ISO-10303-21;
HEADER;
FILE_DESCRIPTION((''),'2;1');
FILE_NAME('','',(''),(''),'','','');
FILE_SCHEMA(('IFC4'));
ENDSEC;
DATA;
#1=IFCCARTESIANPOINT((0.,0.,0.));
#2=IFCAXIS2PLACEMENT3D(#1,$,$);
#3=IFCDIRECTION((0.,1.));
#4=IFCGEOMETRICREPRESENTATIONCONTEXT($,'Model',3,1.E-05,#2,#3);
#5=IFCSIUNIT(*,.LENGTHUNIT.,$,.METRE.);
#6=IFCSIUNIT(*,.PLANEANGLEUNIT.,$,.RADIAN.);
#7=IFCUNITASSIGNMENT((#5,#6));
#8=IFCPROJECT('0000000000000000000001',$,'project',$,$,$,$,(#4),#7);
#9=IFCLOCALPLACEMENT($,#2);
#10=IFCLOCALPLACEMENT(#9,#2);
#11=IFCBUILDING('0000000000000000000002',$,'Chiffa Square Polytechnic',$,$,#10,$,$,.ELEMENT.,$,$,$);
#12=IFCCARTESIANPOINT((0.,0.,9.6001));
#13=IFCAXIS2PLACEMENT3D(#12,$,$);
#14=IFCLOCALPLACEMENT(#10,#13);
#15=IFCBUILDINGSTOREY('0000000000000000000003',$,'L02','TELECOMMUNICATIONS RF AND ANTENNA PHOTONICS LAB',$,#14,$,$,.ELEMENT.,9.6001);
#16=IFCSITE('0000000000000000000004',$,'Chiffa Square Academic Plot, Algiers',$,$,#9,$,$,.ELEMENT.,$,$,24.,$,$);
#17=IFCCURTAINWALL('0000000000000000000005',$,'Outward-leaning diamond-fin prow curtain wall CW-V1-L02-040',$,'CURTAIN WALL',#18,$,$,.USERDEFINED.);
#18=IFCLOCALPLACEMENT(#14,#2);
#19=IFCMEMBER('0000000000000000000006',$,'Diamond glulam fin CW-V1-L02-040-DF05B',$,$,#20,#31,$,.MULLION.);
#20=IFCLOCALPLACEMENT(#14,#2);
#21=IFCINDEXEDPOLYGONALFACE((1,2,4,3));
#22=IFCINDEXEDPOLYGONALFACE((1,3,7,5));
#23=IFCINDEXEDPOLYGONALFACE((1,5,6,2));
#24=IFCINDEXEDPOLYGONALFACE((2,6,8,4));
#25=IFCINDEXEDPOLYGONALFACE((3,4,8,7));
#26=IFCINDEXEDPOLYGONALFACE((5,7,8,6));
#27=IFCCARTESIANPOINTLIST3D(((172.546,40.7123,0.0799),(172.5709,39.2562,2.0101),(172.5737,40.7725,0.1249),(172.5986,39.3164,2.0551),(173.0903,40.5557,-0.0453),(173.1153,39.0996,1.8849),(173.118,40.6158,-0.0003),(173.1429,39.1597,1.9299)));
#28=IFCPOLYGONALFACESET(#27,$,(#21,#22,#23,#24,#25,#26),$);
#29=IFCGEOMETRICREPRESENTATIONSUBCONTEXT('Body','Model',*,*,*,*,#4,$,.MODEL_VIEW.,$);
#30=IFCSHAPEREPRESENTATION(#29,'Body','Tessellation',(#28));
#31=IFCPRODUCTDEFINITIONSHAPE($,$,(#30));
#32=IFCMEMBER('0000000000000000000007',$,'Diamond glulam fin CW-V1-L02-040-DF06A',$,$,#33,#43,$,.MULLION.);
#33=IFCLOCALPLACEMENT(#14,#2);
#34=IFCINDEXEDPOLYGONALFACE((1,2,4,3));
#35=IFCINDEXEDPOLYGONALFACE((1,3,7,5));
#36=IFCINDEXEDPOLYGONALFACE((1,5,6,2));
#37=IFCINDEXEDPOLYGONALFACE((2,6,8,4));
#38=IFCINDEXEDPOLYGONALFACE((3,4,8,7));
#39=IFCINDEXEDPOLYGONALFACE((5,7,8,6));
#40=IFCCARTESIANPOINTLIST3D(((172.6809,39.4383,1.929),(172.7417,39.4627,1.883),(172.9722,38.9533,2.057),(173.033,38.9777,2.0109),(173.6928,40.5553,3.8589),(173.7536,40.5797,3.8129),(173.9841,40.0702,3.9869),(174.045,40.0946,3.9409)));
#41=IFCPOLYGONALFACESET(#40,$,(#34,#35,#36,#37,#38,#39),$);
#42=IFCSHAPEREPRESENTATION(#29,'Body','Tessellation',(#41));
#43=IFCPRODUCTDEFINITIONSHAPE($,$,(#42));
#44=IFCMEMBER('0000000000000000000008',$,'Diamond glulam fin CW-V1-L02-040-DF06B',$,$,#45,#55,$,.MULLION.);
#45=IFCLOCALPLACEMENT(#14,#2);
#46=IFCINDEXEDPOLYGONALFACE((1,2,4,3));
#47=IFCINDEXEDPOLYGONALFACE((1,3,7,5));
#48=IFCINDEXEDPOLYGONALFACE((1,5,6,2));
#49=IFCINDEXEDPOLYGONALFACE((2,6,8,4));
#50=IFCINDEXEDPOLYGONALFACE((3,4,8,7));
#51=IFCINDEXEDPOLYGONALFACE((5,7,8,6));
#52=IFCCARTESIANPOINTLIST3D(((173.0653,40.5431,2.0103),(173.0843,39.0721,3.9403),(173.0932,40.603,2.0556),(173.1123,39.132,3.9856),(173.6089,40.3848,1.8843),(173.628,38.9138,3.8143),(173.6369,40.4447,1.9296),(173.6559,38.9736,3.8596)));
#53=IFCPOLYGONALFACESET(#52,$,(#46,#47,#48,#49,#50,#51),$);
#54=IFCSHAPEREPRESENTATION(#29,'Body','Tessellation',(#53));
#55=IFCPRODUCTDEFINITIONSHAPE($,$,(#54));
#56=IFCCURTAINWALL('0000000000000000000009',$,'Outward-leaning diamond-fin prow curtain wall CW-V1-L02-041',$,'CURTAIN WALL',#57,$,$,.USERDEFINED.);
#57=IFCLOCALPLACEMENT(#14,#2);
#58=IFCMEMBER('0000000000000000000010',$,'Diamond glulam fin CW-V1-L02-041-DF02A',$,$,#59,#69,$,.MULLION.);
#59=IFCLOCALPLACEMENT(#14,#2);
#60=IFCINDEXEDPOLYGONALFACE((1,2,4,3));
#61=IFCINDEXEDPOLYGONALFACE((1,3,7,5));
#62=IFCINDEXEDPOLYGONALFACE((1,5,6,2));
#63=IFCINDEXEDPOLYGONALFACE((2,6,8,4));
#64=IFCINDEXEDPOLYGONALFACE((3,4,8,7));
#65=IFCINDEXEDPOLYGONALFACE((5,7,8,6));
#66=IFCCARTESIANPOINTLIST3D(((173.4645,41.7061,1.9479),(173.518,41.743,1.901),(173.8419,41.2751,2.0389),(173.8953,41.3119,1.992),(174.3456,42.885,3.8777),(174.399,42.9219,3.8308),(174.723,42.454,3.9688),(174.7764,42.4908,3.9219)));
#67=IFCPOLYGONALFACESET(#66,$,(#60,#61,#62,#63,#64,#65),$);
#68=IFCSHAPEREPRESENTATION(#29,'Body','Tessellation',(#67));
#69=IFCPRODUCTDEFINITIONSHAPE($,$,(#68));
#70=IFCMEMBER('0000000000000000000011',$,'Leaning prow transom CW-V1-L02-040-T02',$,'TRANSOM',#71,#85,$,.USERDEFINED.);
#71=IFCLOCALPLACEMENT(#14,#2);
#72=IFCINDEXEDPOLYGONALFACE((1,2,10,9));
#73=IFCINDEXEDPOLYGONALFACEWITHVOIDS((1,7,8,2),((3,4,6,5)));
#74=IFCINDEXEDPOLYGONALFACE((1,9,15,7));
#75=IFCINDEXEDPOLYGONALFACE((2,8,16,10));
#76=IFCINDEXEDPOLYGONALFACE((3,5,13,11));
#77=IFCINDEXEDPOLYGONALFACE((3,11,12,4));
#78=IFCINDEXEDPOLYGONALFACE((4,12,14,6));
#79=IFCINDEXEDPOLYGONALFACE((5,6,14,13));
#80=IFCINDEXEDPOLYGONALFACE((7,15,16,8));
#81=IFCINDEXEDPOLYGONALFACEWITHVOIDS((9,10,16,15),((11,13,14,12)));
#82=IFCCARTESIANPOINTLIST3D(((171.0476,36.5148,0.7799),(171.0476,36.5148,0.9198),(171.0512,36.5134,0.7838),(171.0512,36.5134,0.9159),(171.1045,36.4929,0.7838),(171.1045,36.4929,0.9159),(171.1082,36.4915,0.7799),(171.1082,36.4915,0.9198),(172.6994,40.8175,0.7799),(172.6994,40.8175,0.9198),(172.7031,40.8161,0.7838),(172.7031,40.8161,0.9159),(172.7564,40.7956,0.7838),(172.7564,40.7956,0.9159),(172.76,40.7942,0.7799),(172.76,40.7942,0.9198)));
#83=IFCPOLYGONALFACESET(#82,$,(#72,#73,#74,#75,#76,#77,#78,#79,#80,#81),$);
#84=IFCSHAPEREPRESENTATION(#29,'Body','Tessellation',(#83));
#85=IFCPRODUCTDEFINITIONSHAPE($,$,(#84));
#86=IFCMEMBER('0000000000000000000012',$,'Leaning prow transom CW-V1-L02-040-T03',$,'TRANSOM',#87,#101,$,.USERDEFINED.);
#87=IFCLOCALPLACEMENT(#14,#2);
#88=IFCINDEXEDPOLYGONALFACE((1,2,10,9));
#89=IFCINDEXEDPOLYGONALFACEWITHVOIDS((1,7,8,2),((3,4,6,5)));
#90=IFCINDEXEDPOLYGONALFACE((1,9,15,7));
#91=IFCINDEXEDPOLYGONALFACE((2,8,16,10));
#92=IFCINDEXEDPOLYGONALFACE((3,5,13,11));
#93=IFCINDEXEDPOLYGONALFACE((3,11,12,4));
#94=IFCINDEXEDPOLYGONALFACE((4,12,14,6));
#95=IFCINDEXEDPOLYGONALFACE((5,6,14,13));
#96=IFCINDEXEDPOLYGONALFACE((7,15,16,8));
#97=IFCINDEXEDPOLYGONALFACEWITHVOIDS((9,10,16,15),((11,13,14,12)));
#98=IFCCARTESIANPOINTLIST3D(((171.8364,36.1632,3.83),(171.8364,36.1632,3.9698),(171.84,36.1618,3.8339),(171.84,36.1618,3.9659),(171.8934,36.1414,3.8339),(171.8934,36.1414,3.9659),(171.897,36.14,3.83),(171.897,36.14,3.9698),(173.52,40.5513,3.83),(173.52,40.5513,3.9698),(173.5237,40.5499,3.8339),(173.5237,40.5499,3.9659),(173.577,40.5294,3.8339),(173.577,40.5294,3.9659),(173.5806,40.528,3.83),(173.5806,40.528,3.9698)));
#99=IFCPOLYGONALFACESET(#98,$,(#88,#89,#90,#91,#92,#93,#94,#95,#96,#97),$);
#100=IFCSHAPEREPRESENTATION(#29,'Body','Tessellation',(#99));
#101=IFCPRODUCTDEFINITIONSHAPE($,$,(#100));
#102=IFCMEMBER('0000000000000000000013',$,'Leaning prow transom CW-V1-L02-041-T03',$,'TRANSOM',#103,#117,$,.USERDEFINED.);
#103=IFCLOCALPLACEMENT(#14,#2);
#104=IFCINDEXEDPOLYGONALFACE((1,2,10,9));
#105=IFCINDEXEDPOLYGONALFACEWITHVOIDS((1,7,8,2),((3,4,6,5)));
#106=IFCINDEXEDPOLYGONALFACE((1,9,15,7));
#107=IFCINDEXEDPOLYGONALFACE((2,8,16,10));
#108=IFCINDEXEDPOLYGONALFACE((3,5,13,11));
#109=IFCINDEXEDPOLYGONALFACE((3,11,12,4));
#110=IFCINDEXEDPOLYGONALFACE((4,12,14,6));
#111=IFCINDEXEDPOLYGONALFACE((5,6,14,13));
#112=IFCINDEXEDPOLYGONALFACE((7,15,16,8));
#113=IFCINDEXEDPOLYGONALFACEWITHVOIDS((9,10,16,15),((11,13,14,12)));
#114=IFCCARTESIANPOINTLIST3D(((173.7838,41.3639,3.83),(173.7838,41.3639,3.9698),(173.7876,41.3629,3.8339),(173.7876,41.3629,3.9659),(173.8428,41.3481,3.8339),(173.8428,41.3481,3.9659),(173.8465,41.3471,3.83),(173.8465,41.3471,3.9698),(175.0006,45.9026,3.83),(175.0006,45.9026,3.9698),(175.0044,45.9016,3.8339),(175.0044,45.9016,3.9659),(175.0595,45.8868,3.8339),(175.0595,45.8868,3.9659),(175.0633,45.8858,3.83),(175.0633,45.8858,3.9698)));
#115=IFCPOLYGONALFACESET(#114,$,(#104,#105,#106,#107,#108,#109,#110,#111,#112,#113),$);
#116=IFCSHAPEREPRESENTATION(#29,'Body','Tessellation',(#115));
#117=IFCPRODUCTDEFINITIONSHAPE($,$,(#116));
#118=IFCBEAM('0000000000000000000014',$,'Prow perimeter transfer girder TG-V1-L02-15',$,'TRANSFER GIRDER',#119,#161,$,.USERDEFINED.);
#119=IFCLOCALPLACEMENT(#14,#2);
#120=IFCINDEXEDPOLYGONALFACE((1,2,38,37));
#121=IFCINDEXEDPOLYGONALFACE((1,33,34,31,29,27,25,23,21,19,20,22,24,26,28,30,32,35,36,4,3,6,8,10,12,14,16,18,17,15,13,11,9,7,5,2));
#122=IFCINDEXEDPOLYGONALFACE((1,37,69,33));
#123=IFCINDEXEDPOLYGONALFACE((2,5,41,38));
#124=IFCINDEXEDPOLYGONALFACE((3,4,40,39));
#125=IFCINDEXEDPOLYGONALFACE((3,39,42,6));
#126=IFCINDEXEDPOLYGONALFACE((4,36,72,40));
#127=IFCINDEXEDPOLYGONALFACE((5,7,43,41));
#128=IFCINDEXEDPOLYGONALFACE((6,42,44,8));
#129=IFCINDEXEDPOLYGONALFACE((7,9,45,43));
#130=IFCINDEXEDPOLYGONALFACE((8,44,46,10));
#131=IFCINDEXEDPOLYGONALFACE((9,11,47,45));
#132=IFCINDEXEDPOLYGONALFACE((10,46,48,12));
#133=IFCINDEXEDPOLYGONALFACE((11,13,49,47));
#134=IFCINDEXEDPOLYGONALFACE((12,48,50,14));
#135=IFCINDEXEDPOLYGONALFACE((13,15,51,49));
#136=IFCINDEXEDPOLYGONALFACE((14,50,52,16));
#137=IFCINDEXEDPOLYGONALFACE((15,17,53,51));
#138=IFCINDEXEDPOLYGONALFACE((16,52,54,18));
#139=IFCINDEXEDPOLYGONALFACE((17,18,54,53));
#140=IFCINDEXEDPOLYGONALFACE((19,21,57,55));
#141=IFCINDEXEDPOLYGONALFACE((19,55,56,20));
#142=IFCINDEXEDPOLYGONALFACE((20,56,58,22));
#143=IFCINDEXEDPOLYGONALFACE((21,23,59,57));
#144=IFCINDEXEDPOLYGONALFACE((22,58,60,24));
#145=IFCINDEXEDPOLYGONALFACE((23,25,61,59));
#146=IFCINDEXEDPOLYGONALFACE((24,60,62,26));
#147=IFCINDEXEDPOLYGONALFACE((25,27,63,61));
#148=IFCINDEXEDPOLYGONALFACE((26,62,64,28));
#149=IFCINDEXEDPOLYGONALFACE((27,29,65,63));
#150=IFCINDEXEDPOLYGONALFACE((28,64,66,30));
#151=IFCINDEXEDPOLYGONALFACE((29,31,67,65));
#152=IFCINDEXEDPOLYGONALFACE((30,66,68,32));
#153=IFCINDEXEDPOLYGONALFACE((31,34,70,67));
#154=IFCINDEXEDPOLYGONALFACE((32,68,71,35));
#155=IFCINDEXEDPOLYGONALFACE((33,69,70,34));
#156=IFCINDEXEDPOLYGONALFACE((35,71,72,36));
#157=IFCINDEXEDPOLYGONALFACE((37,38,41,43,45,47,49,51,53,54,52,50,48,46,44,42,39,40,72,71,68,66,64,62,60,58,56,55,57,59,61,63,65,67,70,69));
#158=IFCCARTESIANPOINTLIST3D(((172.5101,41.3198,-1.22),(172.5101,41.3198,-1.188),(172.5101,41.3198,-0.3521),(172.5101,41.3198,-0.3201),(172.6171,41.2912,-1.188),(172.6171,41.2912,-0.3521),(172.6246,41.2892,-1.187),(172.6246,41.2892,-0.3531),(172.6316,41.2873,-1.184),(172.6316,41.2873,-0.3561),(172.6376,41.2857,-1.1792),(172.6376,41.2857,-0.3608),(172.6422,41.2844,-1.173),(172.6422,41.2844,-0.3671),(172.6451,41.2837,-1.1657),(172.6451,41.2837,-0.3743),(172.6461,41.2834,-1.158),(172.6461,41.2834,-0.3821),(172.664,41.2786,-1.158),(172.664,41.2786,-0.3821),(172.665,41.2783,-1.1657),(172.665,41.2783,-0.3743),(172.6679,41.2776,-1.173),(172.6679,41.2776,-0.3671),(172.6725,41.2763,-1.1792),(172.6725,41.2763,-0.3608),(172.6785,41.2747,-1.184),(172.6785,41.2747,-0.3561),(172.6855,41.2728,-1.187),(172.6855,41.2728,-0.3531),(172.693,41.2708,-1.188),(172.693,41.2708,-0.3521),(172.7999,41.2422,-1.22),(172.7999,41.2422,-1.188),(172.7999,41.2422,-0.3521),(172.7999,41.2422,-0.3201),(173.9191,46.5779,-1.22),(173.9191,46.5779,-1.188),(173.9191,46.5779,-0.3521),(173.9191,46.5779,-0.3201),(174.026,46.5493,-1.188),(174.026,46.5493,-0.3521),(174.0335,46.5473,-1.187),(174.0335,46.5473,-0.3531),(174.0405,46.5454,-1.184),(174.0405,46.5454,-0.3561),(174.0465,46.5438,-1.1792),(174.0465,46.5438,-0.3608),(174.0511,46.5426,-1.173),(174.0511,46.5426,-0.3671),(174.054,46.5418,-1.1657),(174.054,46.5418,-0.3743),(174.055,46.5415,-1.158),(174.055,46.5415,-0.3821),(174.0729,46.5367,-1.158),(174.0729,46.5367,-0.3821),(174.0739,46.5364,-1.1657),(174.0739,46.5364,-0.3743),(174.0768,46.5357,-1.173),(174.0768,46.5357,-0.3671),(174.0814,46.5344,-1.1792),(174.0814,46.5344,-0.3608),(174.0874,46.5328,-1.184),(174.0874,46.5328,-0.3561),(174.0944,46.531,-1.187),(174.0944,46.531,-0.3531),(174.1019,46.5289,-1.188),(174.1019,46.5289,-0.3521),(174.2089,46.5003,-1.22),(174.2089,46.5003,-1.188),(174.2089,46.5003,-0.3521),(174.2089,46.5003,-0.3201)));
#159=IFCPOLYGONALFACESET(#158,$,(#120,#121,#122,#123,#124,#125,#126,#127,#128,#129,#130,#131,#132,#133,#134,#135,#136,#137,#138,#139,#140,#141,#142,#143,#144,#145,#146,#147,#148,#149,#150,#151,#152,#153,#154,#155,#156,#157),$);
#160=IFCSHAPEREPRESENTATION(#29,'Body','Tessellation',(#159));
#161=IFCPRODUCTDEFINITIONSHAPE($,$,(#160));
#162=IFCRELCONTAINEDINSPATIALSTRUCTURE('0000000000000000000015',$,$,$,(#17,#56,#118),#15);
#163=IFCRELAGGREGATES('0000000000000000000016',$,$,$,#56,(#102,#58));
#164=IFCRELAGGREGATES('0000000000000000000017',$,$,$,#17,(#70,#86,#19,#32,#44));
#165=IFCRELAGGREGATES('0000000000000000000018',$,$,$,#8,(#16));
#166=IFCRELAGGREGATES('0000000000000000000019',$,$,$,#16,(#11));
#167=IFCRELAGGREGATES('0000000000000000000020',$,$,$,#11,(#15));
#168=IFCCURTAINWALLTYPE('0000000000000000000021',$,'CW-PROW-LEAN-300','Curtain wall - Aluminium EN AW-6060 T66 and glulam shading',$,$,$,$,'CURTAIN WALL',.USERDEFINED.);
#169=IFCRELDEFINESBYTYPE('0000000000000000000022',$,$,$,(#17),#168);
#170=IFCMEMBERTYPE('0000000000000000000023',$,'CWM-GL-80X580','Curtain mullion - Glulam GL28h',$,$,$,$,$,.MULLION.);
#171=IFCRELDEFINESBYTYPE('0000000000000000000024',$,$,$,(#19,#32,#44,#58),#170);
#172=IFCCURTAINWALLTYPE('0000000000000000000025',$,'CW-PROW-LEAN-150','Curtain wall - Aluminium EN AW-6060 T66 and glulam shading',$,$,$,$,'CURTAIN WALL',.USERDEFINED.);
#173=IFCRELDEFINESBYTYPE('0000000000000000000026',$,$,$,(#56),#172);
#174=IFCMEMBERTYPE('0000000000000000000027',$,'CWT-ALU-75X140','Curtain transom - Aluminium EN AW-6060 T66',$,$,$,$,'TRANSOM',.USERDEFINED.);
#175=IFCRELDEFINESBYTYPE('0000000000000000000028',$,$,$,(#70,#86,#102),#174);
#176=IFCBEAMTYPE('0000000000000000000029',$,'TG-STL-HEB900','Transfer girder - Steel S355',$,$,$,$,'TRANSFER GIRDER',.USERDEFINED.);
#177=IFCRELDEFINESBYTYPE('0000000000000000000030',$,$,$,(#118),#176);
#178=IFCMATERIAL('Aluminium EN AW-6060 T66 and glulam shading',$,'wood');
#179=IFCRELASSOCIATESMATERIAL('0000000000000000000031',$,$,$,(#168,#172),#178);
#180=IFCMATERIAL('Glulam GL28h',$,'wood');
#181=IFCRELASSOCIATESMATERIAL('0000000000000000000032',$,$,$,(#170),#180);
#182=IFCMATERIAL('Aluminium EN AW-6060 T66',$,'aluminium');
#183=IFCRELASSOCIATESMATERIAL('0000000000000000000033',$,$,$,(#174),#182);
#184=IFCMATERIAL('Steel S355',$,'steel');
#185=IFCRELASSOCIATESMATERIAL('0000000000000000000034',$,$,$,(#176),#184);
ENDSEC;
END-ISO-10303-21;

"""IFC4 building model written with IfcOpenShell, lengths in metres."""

from ifc_helpers import new_model, si_unit, direction, frame, origin, origin_2d, place, context, subcontext, project, spatial, rectangle, hollow_rectangle, i_section, extrude, material, material_profile, profile_set, type_object, element, aggregate, save


model = new_model("IFC4")

# Units and contexts
model_context = context("Model", 3, precision=1e-05, world=origin(), true_north=direction((0.0, 1.0)))
body_context = subcontext(model_context, "Body", "Model", "MODEL_VIEW")
ifc_project = project(units=[si_unit("LENGTHUNIT", "METRE"), si_unit("PLANEANGLEUNIT", "RADIAN")], contexts=[model_context])

# Site, building, storey
site_placement = place(None, origin())
site = spatial("IfcSite", under=ifc_project, at=site_placement, Name="Chiffa Square Academic Plot, Algiers", CompositionType="ELEMENT", RefElevation=24.0)
building_placement = place(site_placement, origin())
building = spatial("IfcBuilding", under=site, at=building_placement, Name="Chiffa Square Polytechnic", CompositionType="ELEMENT")
storey_placement = place(building_placement, frame((0.0, 0.0, 9.6001)))
storey = spatial("IfcBuildingStorey", under=building, at=storey_placement, Name="L02", Description="TELECOMMUNICATIONS RF AND ANTENNA PHOTONICS LAB", CompositionType="ELEMENT", Elevation=9.6001)

# Curtain wall, members
ifc_material_1 = material(Name="Aluminium EN AW-6060 T66 and glulam shading", Category="wood")
curtain_wall_type_1 = type_object("IfcCurtainWallType", Name="CW-PROW-LEAN-300", Description="Curtain wall - Aluminium EN AW-6060 T66 and glulam shading", ElementType="CURTAIN WALL", PredefinedType="USERDEFINED", material=ifc_material_1)
curtain_wall_1_placement = place(storey_placement, origin())
curtain_wall_1 = element("IfcCurtainWall", 1, at=curtain_wall_1_placement, inside=storey, type_object=curtain_wall_type_1, Name="Outward-leaning diamond-fin prow curtain wall CW-V1-L02-040", ObjectType="CURTAIN WALL", PredefinedType="USERDEFINED")
ifc_material_2 = material(Name="Aluminium EN AW-6060 T66", Category="aluminium")
ifc_material_3 = material(Name="Glulam GL28h", Category="wood")
ifc_material_profile_1 = material_profile(ifc_material_3, rectangle(XDim=0.0801, YDim=0.5801, at=origin_2d()), Name="GL28h 80x580")
ifc_profile_set_1 = profile_set([ifc_material_profile_1], Name="Glulam GL28h")
member_type_1 = type_object("IfcMemberType", Name="CWM-GL-80X580", Description="Curtain mullion - Glulam GL28h", PredefinedType="MULLION", material=ifc_profile_set_1)
member_1_placement = place(storey_placement, frame((172.832, 40.6641, 0.0398), z_axis=(0.010299, -0.602195, 0.798282), x_axis=(0.345572, 0.75128, 0.56228)))
member_1 = element("IfcMember", 2, at=member_1_placement, type_object=member_type_1, Name="Diamond glulam fin CW-V1-L02-040-DF05B", PredefinedType="MULLION", context=body_context, shape_type="SweptSolid", body=[
    extrude(rectangle(XDim=0.0801, YDim=0.5801, at=origin_2d()), origin(), (0.0, 0.0, 1.0), 2.418),
])
member_2_placement = place(storey_placement, frame((172.8569, 39.208, 1.97), z_axis=(0.413261, 0.456132, 0.788136), x_axis=(-0.759602, -0.304659, 0.574619)))
member_2 = element("IfcMember", 3, at=member_2_placement, type_object=member_type_1, Name="Diamond glulam fin CW-V1-L02-040-DF06A", PredefinedType="MULLION", context=body_context, shape_type="SweptSolid", body=[
    extrude(rectangle(XDim=0.0801, YDim=0.5801, at=origin_2d()), origin(), (0.0, 0.0, 1.0), 2.4487),
])
member_3_placement = place(storey_placement, frame((173.3511, 40.4939, 1.97), z_axis=(0.007847, -0.606161, 0.795303), x_axis=(0.348727, 0.747056, 0.565947)))
member_3 = element("IfcMember", 4, at=member_3_placement, type_object=member_type_1, Name="Diamond glulam fin CW-V1-L02-040-DF06B", PredefinedType="MULLION", context=body_context, shape_type="SweptSolid", body=[
    extrude(rectangle(XDim=0.0801, YDim=0.5801, at=origin_2d()), origin(), (0.0, 0.0, 1.0), 2.4268),
])

# Curtain wall, member
curtain_wall_type_2 = type_object("IfcCurtainWallType", Name="CW-PROW-LEAN-150", Description="Curtain wall - Aluminium EN AW-6060 T66 and glulam shading", ElementType="CURTAIN WALL", PredefinedType="USERDEFINED", material=ifc_material_1)
curtain_wall_2_placement = place(storey_placement, origin())
curtain_wall_2 = element("IfcCurtainWall", 5, at=curtain_wall_2_placement, inside=storey, type_object=curtain_wall_type_2, Name="Outward-leaning diamond-fin prow curtain wall CW-V1-L02-041", ObjectType="CURTAIN WALL", PredefinedType="USERDEFINED")
member_4_placement = place(storey_placement, frame((173.6799, 41.509, 1.97), z_axis=(0.363024, 0.485742, 0.795153), x_axis=(-0.667113, -0.460285, 0.585746)))
member_4 = element("IfcMember", 6, at=member_4_placement, type_object=member_type_1, Name="Diamond glulam fin CW-V1-L02-041-DF02A", PredefinedType="MULLION", context=body_context, shape_type="SweptSolid", body=[
    extrude(rectangle(XDim=0.0801, YDim=0.5801, at=origin_2d()), origin(), (0.0, 0.0, 1.0), 2.427),
])

# Members
ifc_material_profile_2 = material_profile(ifc_material_2, hollow_rectangle(XDim=0.0649, YDim=0.1399, WallThickness=0.0039, at=origin_2d()), Name="ALU 65x140x4")
ifc_profile_set_2 = profile_set([ifc_material_profile_2], Name="Aluminium EN AW-6060 T66")
member_type_2 = type_object("IfcMemberType", Name="CWT-ALU-75X140", Description="Curtain transom - Aluminium EN AW-6060 T66", ElementType="TRANSOM", PredefinedType="USERDEFINED", material=ifc_profile_set_2)
member_5_placement = place(storey_placement, frame((171.0779, 36.5032, 0.8499), z_axis=(0.358404, 0.933567, 0.0), x_axis=(-0.933567, 0.358404, 0.0)))
member_5 = element("IfcMember", 7, at=member_5_placement, type_object=member_type_2, Name="Leaning prow transom CW-V1-L02-040-T02", ObjectType="TRANSOM", PredefinedType="USERDEFINED", context=body_context, shape_type="SweptSolid", body=[
    extrude(hollow_rectangle(XDim=0.0649, YDim=0.1399, WallThickness=0.0039, at=origin_2d()), origin(), (0.0, 0.0, 1.0), 4.6089),
])
member_6_placement = place(storey_placement, frame((171.8667, 36.1516, 3.8999), z_axis=(0.358224, 0.933636, 0.0), x_axis=(-0.933636, 0.358224, 0.0)))
member_6 = element("IfcMember", 8, at=member_6_placement, type_object=member_type_2, Name="Leaning prow transom CW-V1-L02-040-T03", ObjectType="TRANSOM", PredefinedType="USERDEFINED", context=body_context, shape_type="SweptSolid", body=[
    extrude(hollow_rectangle(XDim=0.0649, YDim=0.1399, WallThickness=0.0039, at=origin_2d()), origin(), (0.0, 0.0, 1.0), 4.7),
])
member_7_placement = place(storey_placement, frame((173.8152, 41.3555, 3.8999), z_axis=(0.258943, 0.965893, 0.0), x_axis=(-0.965893, 0.258943, 0.0)))
member_7 = element("IfcMember", 9, at=member_7_placement, type_object=member_type_2, Name="Leaning prow transom CW-V1-L02-041-T03", ObjectType="TRANSOM", PredefinedType="USERDEFINED", context=body_context, shape_type="SweptSolid", body=[
    extrude(hollow_rectangle(XDim=0.0649, YDim=0.1399, WallThickness=0.0039, at=origin_2d()), origin(), (0.0, 0.0, 1.0), 4.699),
])
aggregate(curtain_wall_2, [member_7, member_4])

# Beam
ifc_material_4 = material(Name="Steel S355", Category="steel")
ifc_material_profile_3 = material_profile(ifc_material_4, i_section(OverallWidth=0.3, OverallDepth=0.8999, WebThickness=0.0186, FlangeThickness=0.032, FilletRadius=0.03, at=origin_2d()), Name="HEB 900")
ifc_profile_set_3 = profile_set([ifc_material_profile_3], Name="Steel S355")
beam_type = type_object("IfcBeamType", Name="TG-STL-HEB900", Description="Transfer girder - Steel S355", ElementType="TRANSFER GIRDER", PredefinedType="USERDEFINED", material=ifc_profile_set_3)
beam_1_placement = place(storey_placement, frame((172.655, 41.281, -0.77), z_axis=(0.258827, 0.965924, 0.0), x_axis=(-0.965924, 0.258827, 0.0)))
element("IfcBeam", 10, at=beam_1_placement, inside=storey, type_object=beam_type, Name="Prow perimeter transfer girder TG-V1-L02-15", ObjectType="TRANSFER GIRDER", PredefinedType="USERDEFINED", context=body_context, shape_type="SweptSolid", body=[
    extrude(i_section(OverallWidth=0.3, OverallDepth=0.8999, WebThickness=0.0186, FlangeThickness=0.032, FilletRadius=0.03, at=origin_2d()), origin(), (0.0, 0.0, 1.0), 5.4436),
])

aggregate(curtain_wall_1, [member_5, member_6, member_1, member_2, member_3])

save(model, "model.ifc")
